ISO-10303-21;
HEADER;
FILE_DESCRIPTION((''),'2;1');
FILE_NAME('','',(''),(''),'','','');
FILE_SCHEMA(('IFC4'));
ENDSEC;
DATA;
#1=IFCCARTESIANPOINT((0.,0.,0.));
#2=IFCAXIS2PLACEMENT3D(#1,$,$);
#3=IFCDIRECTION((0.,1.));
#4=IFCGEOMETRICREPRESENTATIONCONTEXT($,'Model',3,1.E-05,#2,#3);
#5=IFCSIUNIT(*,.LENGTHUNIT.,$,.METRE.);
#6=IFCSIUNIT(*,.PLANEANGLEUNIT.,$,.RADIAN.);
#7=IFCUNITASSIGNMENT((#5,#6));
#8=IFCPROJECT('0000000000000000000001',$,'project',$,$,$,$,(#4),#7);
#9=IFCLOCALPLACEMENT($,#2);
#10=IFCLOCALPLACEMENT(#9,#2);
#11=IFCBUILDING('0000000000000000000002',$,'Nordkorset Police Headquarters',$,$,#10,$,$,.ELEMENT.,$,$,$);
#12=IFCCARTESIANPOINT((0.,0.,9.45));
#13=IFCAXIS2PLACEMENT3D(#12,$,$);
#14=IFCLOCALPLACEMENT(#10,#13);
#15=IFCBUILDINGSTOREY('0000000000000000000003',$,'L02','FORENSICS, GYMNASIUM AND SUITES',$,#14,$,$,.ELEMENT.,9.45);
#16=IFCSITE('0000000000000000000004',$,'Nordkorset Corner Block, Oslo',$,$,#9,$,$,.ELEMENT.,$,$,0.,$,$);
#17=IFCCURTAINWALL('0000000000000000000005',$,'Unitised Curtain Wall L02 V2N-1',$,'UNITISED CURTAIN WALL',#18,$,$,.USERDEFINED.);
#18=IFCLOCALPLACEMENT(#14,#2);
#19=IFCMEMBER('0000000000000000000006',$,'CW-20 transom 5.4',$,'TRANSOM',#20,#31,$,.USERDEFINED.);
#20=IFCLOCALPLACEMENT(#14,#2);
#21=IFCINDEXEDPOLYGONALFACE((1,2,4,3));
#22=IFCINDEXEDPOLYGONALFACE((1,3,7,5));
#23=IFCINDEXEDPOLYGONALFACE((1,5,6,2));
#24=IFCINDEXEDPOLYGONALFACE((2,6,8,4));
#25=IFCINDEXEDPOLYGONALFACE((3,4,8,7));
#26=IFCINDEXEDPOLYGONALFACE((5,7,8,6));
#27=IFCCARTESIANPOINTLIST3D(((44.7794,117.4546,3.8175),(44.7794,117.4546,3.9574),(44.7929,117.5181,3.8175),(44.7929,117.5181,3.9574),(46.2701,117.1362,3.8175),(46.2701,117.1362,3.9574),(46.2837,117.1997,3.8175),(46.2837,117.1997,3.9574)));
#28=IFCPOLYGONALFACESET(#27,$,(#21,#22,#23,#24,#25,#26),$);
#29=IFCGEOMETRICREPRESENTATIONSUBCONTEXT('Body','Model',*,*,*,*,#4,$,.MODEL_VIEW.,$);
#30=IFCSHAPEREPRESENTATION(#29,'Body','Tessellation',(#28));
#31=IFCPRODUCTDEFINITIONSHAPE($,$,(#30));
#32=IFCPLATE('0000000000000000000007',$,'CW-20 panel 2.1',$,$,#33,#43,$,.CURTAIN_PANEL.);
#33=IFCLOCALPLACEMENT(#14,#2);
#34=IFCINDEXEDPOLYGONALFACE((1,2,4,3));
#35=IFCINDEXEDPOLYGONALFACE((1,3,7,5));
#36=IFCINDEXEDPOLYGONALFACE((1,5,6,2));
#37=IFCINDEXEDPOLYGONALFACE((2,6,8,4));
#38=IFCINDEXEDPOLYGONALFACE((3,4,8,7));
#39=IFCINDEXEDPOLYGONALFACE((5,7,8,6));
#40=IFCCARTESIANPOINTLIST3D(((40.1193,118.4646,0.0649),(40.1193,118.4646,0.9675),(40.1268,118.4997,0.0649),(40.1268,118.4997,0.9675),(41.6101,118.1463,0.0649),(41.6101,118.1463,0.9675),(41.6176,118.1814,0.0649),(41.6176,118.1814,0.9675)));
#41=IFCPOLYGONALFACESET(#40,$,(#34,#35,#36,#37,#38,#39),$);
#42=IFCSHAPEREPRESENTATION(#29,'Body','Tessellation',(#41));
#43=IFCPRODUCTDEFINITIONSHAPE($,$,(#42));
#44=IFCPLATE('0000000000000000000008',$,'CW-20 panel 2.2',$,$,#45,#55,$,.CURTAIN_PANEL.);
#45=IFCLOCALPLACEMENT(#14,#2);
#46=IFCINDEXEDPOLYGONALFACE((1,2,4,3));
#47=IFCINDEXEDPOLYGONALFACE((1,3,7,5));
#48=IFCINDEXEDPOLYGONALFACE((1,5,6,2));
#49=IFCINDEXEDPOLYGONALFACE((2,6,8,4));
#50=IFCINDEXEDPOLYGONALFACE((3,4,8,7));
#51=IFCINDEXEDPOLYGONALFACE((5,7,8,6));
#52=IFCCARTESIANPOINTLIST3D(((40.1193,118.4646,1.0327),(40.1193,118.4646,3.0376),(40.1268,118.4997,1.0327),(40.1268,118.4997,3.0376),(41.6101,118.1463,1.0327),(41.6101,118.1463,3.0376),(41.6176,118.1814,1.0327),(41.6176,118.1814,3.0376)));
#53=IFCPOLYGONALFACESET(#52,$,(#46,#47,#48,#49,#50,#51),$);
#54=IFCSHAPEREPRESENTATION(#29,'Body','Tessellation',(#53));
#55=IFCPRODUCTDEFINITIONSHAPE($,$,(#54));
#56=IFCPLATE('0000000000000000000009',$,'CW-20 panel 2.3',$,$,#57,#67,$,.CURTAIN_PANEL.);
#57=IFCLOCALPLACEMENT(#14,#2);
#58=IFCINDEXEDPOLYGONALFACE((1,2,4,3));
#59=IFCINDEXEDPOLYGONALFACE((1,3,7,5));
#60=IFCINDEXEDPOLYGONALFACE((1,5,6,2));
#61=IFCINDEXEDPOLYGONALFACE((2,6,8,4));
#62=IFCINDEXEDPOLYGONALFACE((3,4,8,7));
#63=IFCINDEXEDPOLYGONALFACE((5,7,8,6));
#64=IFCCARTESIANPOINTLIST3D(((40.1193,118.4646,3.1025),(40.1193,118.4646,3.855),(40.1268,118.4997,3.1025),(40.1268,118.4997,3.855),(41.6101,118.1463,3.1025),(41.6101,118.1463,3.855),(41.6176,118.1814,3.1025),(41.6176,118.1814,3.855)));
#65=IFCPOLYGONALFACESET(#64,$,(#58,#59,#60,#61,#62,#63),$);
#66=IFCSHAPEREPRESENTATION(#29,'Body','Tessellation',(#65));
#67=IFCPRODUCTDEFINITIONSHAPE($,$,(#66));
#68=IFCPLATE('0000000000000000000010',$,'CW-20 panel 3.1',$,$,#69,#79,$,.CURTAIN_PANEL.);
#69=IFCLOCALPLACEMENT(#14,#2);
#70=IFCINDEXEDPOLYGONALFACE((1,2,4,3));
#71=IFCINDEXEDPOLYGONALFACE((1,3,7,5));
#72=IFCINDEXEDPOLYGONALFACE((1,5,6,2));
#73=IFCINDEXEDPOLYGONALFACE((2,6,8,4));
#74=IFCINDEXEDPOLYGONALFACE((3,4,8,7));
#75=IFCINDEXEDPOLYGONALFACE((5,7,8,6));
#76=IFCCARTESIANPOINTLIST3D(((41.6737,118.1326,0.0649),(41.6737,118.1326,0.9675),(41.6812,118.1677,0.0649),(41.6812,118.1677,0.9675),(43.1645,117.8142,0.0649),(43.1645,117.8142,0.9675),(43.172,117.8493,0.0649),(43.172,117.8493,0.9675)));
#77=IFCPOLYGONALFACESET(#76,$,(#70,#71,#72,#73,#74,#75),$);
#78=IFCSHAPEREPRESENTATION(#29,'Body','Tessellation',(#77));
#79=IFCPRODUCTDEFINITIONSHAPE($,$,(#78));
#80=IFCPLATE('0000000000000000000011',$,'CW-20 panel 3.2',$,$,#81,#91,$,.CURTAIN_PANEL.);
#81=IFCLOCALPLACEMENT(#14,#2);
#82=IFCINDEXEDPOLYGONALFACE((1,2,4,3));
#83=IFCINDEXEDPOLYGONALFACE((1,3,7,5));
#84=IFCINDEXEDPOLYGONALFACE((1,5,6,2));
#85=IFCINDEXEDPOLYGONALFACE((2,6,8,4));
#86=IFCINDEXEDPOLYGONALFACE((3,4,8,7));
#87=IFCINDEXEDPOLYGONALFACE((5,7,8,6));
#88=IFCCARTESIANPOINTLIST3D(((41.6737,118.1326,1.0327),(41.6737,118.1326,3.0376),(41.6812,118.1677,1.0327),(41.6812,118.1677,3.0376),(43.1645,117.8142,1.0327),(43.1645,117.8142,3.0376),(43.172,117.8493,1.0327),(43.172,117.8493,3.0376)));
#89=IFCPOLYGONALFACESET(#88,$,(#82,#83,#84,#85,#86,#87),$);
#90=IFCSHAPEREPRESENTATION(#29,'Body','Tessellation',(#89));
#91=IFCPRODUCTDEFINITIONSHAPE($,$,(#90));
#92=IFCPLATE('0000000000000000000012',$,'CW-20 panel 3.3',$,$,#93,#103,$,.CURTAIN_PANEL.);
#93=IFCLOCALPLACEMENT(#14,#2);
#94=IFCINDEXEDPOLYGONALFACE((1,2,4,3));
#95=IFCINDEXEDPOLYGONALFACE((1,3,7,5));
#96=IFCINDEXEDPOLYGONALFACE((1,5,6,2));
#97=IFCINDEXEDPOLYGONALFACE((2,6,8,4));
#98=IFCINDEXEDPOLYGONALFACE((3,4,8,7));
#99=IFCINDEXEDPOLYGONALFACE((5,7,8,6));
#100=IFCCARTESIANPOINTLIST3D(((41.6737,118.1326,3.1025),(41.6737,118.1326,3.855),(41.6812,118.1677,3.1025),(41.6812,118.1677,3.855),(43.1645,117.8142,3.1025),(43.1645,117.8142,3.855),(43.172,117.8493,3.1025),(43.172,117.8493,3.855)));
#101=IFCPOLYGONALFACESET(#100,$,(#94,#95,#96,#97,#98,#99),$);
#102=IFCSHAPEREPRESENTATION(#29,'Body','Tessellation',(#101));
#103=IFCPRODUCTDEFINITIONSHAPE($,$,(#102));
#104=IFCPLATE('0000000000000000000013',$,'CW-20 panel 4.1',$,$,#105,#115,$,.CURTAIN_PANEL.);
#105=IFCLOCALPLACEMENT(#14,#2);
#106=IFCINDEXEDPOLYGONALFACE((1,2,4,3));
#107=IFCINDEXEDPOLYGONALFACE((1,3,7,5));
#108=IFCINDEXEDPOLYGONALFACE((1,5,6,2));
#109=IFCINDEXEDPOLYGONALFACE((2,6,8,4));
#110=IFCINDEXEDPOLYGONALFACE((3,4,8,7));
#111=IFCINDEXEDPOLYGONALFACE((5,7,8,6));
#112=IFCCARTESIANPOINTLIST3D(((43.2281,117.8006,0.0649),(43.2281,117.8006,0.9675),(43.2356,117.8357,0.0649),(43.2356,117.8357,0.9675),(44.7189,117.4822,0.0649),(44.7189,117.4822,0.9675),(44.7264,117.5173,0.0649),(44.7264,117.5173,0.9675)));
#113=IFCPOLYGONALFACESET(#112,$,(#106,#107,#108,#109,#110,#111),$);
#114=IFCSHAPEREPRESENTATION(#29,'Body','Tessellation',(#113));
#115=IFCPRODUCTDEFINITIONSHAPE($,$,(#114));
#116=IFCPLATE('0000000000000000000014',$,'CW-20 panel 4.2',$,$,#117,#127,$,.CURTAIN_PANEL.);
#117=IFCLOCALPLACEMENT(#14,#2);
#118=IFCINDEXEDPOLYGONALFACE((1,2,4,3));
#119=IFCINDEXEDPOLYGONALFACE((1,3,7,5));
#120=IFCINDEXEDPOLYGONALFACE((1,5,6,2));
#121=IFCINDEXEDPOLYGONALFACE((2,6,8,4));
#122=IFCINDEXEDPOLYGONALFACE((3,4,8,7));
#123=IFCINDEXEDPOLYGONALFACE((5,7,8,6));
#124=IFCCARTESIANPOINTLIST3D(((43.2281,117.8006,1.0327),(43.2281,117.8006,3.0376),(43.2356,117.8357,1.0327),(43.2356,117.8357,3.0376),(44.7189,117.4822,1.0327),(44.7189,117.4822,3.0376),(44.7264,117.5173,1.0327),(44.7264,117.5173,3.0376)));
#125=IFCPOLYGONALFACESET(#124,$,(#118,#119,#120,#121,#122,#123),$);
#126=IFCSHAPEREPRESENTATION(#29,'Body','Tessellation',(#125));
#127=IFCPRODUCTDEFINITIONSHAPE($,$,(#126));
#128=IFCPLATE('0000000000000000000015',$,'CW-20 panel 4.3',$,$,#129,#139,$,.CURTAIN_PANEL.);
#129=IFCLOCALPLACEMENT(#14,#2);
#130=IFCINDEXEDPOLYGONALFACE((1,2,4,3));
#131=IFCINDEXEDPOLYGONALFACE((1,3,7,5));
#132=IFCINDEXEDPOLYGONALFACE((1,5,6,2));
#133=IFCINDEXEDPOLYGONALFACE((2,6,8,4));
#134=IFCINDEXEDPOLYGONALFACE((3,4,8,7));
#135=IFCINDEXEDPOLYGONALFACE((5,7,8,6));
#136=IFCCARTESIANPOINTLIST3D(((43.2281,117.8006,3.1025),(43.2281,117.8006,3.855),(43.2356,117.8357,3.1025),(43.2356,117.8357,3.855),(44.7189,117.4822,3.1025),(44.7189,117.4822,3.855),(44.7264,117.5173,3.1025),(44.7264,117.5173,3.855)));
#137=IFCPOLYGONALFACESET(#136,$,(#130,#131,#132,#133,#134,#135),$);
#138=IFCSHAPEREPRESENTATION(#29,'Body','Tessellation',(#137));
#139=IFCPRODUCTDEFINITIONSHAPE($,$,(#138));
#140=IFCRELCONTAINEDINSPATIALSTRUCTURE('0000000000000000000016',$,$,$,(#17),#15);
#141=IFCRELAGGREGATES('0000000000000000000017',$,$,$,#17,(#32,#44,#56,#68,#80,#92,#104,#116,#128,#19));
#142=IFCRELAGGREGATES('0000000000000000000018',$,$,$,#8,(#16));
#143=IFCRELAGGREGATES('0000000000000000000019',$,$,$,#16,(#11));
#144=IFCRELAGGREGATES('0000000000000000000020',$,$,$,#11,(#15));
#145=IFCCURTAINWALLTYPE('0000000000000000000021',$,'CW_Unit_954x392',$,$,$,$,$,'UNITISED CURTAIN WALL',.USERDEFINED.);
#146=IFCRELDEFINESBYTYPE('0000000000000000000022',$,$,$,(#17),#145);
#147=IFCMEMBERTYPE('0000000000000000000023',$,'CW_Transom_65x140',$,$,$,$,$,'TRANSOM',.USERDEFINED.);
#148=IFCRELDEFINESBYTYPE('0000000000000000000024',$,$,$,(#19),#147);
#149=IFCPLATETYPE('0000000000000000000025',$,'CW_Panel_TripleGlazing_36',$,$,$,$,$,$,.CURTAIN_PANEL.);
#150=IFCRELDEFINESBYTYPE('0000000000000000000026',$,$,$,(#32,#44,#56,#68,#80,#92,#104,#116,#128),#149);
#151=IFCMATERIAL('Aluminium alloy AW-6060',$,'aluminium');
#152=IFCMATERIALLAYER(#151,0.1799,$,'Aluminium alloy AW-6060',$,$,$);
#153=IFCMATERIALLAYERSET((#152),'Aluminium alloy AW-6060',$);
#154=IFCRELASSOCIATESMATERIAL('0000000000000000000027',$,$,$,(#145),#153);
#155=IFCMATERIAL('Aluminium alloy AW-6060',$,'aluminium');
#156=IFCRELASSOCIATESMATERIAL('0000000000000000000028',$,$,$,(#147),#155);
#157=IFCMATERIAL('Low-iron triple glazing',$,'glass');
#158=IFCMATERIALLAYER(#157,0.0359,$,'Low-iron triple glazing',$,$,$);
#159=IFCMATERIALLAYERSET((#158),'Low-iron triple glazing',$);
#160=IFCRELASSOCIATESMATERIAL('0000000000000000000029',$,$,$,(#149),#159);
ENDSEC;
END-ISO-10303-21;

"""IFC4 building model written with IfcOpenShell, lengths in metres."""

from ifc_helpers import new_model, si_unit, direction, frame, origin, origin_2d, place, context, subcontext, project, spatial, rectangle, extrude, material, layer, layer_set, material_profile, profile_set, type_object, element, aggregate, save


model = new_model("IFC4")

# Units and contexts
model_context = context("Model", 3, precision=1e-05, world=origin(), true_north=direction((0.0, 1.0)))
body_context = subcontext(model_context, "Body", "Model", "MODEL_VIEW")
ifc_project = project(units=[si_unit("LENGTHUNIT", "METRE"), si_unit("PLANEANGLEUNIT", "RADIAN")], contexts=[model_context])

# Site, building, storey
site_placement = place(None, origin())
site = spatial("IfcSite", under=ifc_project, at=site_placement, Name="Nordkorset Corner Block, Oslo", CompositionType="ELEMENT", RefElevation=0.0)
building_placement = place(site_placement, origin())
building = spatial("IfcBuilding", under=site, at=building_placement, Name="Nordkorset Police Headquarters", CompositionType="ELEMENT")
storey_placement = place(building_placement, frame((0.0, 0.0, 9.45)))
storey = spatial("IfcBuildingStorey", under=building, at=storey_placement, Name="L02", Description="FORENSICS, GYMNASIUM AND SUITES", CompositionType="ELEMENT", Elevation=9.45)

# Curtain wall, member, plates
ifc_material_1 = material(Name="Aluminium alloy AW-6060", Category="aluminium")
ifc_layer_1 = layer(ifc_material_1, 0.1799, Name="Aluminium alloy AW-6060")
ifc_layer_set_1 = layer_set([ifc_layer_1], Name="Aluminium alloy AW-6060")
curtain_wall_type = type_object("IfcCurtainWallType", Name="CW_Unit_954x392", ElementType="UNITISED CURTAIN WALL", PredefinedType="USERDEFINED", material=ifc_layer_set_1)
curtain_wall_placement = place(storey_placement, origin())
curtain_wall = element("IfcCurtainWall", 1, at=curtain_wall_placement, inside=storey, type_object=curtain_wall_type, Name="Unitised Curtain Wall L02 V2N-1", ObjectType="UNITISED CURTAIN WALL", PredefinedType="USERDEFINED")
ifc_material_2 = material(Name="Aluminium alloy AW-6060", Category="aluminium")
ifc_material_profile_1 = material_profile(ifc_material_2, rectangle(XDim=0.0649, YDim=0.1399, at=origin_2d()), Name="ALU TRAN 65x140")
ifc_profile_set_1 = profile_set([ifc_material_profile_1], Name="Aluminium alloy AW-6060")
member_type_1 = type_object("IfcMemberType", Name="CW_Transom_65x140", ElementType="TRANSOM", PredefinedType="USERDEFINED", material=ifc_profile_set_1)
member_1_placement = place(storey_placement, frame((44.7861, 117.4863, 3.8875), z_axis=(0.977947, -0.208851, 0.0), x_axis=(0.208851, 0.977947, 0.0)))
member_1 = element("IfcMember", 2, at=member_1_placement, type_object=member_type_1, Name="CW-20 transom 5.4", ObjectType="TRANSOM", PredefinedType="USERDEFINED", context=body_context, shape_type="SweptSolid", body=[
    extrude(rectangle(XDim=0.0649, YDim=0.1399, at=origin_2d()), origin(), (0.0, 0.0, 1.0), 1.5244),
])
ifc_material_3 = material(Name="Low-iron triple glazing", Category="glass")
ifc_layer_2 = layer(ifc_material_3, 0.0359, Name="Low-iron triple glazing")
ifc_layer_set_2 = layer_set([ifc_layer_2], Name="Low-iron triple glazing")
plate_type = type_object("IfcPlateType", Name="CW_Panel_TripleGlazing_36", PredefinedType="CURTAIN_PANEL", material=ifc_layer_set_2)
plate_1_placement = place(storey_placement, frame((40.8684, 118.323, 0.0649), z_axis=(0.0, 0.0, 1.0), x_axis=(0.977951, -0.208833, 0.0)))
plate_1 = element("IfcPlate", 3, at=plate_1_placement, type_object=plate_type, Name="CW-20 panel 2.1", PredefinedType="CURTAIN_PANEL", context=body_context, shape_type="SweptSolid", body=[
    extrude(rectangle(XDim=1.5244, YDim=0.0359, at=origin_2d()), origin(), (0.0, 0.0, 1.0), 0.9026),
])
plate_2_placement = place(storey_placement, frame((40.8684, 118.323, 1.0327), z_axis=(0.0, 0.0, 1.0), x_axis=(0.977951, -0.208833, 0.0)))
plate_2 = element("IfcPlate", 4, at=plate_2_placement, type_object=plate_type, Name="CW-20 panel 2.2", PredefinedType="CURTAIN_PANEL", context=body_context, shape_type="SweptSolid", body=[
    extrude(rectangle(XDim=1.5244, YDim=0.0359, at=origin_2d()), origin(), (0.0, 0.0, 1.0), 2.0049),
])
plate_3_placement = place(storey_placement, frame((40.8684, 118.323, 3.1025), z_axis=(0.0, 0.0, 1.0), x_axis=(0.977951, -0.208833, 0.0)))
plate_3 = element("IfcPlate", 5, at=plate_3_placement, type_object=plate_type, Name="CW-20 panel 2.3", PredefinedType="CURTAIN_PANEL", context=body_context, shape_type="SweptSolid", body=[
    extrude(rectangle(XDim=1.5244, YDim=0.0359, at=origin_2d()), origin(), (0.0, 0.0, 1.0), 0.7524),
])
plate_4_placement = place(storey_placement, frame((42.4229, 117.991, 0.0649), z_axis=(0.0, 0.0, 1.0), x_axis=(0.977951, -0.208833, 0.0)))
plate_4 = element("IfcPlate", 6, at=plate_4_placement, type_object=plate_type, Name="CW-20 panel 3.1", PredefinedType="CURTAIN_PANEL", context=body_context, shape_type="SweptSolid", body=[
    extrude(rectangle(XDim=1.5244, YDim=0.0359, at=origin_2d()), origin(), (0.0, 0.0, 1.0), 0.9026),
])
plate_5_placement = place(storey_placement, frame((42.4229, 117.991, 1.0327), z_axis=(0.0, 0.0, 1.0), x_axis=(0.977951, -0.208833, 0.0)))
plate_5 = element("IfcPlate", 7, at=plate_5_placement, type_object=plate_type, Name="CW-20 panel 3.2", PredefinedType="CURTAIN_PANEL", context=body_context, shape_type="SweptSolid", body=[
    extrude(rectangle(XDim=1.5244, YDim=0.0359, at=origin_2d()), origin(), (0.0, 0.0, 1.0), 2.0049),
])
plate_6_placement = place(storey_placement, frame((42.4229, 117.991, 3.1025), z_axis=(0.0, 0.0, 1.0), x_axis=(0.977951, -0.208833, 0.0)))
plate_6 = element("IfcPlate", 8, at=plate_6_placement, type_object=plate_type, Name="CW-20 panel 3.3", PredefinedType="CURTAIN_PANEL", context=body_context, shape_type="SweptSolid", body=[
    extrude(rectangle(XDim=1.5244, YDim=0.0359, at=origin_2d()), origin(), (0.0, 0.0, 1.0), 0.7524),
])
plate_7_placement = place(storey_placement, frame((43.9773, 117.6589, 0.0649), z_axis=(0.0, 0.0, 1.0), x_axis=(0.977951, -0.208833, 0.0)))
plate_7 = element("IfcPlate", 9, at=plate_7_placement, type_object=plate_type, Name="CW-20 panel 4.1", PredefinedType="CURTAIN_PANEL", context=body_context, shape_type="SweptSolid", body=[
    extrude(rectangle(XDim=1.5244, YDim=0.0359, at=origin_2d()), origin(), (0.0, 0.0, 1.0), 0.9026),
])
plate_8_placement = place(storey_placement, frame((43.9773, 117.6589, 1.0327), z_axis=(0.0, 0.0, 1.0), x_axis=(0.977951, -0.208833, 0.0)))
plate_8 = element("IfcPlate", 10, at=plate_8_placement, type_object=plate_type, Name="CW-20 panel 4.2", PredefinedType="CURTAIN_PANEL", context=body_context, shape_type="SweptSolid", body=[
    extrude(rectangle(XDim=1.5244, YDim=0.0359, at=origin_2d()), origin(), (0.0, 0.0, 1.0), 2.0049),
])
plate_9_placement = place(storey_placement, frame((43.9773, 117.6589, 3.1025), z_axis=(0.0, 0.0, 1.0), x_axis=(0.977951, -0.208833, 0.0)))
plate_9 = element("IfcPlate", 11, at=plate_9_placement, type_object=plate_type, Name="CW-20 panel 4.3", PredefinedType="CURTAIN_PANEL", context=body_context, shape_type="SweptSolid", body=[
    extrude(rectangle(XDim=1.5244, YDim=0.0359, at=origin_2d()), origin(), (0.0, 0.0, 1.0), 0.7524),
])
aggregate(curtain_wall, [plate_1, plate_2, plate_3, plate_4, plate_5, plate_6, plate_7, plate_8, plate_9, member_1])

save(model, "model.ifc")
